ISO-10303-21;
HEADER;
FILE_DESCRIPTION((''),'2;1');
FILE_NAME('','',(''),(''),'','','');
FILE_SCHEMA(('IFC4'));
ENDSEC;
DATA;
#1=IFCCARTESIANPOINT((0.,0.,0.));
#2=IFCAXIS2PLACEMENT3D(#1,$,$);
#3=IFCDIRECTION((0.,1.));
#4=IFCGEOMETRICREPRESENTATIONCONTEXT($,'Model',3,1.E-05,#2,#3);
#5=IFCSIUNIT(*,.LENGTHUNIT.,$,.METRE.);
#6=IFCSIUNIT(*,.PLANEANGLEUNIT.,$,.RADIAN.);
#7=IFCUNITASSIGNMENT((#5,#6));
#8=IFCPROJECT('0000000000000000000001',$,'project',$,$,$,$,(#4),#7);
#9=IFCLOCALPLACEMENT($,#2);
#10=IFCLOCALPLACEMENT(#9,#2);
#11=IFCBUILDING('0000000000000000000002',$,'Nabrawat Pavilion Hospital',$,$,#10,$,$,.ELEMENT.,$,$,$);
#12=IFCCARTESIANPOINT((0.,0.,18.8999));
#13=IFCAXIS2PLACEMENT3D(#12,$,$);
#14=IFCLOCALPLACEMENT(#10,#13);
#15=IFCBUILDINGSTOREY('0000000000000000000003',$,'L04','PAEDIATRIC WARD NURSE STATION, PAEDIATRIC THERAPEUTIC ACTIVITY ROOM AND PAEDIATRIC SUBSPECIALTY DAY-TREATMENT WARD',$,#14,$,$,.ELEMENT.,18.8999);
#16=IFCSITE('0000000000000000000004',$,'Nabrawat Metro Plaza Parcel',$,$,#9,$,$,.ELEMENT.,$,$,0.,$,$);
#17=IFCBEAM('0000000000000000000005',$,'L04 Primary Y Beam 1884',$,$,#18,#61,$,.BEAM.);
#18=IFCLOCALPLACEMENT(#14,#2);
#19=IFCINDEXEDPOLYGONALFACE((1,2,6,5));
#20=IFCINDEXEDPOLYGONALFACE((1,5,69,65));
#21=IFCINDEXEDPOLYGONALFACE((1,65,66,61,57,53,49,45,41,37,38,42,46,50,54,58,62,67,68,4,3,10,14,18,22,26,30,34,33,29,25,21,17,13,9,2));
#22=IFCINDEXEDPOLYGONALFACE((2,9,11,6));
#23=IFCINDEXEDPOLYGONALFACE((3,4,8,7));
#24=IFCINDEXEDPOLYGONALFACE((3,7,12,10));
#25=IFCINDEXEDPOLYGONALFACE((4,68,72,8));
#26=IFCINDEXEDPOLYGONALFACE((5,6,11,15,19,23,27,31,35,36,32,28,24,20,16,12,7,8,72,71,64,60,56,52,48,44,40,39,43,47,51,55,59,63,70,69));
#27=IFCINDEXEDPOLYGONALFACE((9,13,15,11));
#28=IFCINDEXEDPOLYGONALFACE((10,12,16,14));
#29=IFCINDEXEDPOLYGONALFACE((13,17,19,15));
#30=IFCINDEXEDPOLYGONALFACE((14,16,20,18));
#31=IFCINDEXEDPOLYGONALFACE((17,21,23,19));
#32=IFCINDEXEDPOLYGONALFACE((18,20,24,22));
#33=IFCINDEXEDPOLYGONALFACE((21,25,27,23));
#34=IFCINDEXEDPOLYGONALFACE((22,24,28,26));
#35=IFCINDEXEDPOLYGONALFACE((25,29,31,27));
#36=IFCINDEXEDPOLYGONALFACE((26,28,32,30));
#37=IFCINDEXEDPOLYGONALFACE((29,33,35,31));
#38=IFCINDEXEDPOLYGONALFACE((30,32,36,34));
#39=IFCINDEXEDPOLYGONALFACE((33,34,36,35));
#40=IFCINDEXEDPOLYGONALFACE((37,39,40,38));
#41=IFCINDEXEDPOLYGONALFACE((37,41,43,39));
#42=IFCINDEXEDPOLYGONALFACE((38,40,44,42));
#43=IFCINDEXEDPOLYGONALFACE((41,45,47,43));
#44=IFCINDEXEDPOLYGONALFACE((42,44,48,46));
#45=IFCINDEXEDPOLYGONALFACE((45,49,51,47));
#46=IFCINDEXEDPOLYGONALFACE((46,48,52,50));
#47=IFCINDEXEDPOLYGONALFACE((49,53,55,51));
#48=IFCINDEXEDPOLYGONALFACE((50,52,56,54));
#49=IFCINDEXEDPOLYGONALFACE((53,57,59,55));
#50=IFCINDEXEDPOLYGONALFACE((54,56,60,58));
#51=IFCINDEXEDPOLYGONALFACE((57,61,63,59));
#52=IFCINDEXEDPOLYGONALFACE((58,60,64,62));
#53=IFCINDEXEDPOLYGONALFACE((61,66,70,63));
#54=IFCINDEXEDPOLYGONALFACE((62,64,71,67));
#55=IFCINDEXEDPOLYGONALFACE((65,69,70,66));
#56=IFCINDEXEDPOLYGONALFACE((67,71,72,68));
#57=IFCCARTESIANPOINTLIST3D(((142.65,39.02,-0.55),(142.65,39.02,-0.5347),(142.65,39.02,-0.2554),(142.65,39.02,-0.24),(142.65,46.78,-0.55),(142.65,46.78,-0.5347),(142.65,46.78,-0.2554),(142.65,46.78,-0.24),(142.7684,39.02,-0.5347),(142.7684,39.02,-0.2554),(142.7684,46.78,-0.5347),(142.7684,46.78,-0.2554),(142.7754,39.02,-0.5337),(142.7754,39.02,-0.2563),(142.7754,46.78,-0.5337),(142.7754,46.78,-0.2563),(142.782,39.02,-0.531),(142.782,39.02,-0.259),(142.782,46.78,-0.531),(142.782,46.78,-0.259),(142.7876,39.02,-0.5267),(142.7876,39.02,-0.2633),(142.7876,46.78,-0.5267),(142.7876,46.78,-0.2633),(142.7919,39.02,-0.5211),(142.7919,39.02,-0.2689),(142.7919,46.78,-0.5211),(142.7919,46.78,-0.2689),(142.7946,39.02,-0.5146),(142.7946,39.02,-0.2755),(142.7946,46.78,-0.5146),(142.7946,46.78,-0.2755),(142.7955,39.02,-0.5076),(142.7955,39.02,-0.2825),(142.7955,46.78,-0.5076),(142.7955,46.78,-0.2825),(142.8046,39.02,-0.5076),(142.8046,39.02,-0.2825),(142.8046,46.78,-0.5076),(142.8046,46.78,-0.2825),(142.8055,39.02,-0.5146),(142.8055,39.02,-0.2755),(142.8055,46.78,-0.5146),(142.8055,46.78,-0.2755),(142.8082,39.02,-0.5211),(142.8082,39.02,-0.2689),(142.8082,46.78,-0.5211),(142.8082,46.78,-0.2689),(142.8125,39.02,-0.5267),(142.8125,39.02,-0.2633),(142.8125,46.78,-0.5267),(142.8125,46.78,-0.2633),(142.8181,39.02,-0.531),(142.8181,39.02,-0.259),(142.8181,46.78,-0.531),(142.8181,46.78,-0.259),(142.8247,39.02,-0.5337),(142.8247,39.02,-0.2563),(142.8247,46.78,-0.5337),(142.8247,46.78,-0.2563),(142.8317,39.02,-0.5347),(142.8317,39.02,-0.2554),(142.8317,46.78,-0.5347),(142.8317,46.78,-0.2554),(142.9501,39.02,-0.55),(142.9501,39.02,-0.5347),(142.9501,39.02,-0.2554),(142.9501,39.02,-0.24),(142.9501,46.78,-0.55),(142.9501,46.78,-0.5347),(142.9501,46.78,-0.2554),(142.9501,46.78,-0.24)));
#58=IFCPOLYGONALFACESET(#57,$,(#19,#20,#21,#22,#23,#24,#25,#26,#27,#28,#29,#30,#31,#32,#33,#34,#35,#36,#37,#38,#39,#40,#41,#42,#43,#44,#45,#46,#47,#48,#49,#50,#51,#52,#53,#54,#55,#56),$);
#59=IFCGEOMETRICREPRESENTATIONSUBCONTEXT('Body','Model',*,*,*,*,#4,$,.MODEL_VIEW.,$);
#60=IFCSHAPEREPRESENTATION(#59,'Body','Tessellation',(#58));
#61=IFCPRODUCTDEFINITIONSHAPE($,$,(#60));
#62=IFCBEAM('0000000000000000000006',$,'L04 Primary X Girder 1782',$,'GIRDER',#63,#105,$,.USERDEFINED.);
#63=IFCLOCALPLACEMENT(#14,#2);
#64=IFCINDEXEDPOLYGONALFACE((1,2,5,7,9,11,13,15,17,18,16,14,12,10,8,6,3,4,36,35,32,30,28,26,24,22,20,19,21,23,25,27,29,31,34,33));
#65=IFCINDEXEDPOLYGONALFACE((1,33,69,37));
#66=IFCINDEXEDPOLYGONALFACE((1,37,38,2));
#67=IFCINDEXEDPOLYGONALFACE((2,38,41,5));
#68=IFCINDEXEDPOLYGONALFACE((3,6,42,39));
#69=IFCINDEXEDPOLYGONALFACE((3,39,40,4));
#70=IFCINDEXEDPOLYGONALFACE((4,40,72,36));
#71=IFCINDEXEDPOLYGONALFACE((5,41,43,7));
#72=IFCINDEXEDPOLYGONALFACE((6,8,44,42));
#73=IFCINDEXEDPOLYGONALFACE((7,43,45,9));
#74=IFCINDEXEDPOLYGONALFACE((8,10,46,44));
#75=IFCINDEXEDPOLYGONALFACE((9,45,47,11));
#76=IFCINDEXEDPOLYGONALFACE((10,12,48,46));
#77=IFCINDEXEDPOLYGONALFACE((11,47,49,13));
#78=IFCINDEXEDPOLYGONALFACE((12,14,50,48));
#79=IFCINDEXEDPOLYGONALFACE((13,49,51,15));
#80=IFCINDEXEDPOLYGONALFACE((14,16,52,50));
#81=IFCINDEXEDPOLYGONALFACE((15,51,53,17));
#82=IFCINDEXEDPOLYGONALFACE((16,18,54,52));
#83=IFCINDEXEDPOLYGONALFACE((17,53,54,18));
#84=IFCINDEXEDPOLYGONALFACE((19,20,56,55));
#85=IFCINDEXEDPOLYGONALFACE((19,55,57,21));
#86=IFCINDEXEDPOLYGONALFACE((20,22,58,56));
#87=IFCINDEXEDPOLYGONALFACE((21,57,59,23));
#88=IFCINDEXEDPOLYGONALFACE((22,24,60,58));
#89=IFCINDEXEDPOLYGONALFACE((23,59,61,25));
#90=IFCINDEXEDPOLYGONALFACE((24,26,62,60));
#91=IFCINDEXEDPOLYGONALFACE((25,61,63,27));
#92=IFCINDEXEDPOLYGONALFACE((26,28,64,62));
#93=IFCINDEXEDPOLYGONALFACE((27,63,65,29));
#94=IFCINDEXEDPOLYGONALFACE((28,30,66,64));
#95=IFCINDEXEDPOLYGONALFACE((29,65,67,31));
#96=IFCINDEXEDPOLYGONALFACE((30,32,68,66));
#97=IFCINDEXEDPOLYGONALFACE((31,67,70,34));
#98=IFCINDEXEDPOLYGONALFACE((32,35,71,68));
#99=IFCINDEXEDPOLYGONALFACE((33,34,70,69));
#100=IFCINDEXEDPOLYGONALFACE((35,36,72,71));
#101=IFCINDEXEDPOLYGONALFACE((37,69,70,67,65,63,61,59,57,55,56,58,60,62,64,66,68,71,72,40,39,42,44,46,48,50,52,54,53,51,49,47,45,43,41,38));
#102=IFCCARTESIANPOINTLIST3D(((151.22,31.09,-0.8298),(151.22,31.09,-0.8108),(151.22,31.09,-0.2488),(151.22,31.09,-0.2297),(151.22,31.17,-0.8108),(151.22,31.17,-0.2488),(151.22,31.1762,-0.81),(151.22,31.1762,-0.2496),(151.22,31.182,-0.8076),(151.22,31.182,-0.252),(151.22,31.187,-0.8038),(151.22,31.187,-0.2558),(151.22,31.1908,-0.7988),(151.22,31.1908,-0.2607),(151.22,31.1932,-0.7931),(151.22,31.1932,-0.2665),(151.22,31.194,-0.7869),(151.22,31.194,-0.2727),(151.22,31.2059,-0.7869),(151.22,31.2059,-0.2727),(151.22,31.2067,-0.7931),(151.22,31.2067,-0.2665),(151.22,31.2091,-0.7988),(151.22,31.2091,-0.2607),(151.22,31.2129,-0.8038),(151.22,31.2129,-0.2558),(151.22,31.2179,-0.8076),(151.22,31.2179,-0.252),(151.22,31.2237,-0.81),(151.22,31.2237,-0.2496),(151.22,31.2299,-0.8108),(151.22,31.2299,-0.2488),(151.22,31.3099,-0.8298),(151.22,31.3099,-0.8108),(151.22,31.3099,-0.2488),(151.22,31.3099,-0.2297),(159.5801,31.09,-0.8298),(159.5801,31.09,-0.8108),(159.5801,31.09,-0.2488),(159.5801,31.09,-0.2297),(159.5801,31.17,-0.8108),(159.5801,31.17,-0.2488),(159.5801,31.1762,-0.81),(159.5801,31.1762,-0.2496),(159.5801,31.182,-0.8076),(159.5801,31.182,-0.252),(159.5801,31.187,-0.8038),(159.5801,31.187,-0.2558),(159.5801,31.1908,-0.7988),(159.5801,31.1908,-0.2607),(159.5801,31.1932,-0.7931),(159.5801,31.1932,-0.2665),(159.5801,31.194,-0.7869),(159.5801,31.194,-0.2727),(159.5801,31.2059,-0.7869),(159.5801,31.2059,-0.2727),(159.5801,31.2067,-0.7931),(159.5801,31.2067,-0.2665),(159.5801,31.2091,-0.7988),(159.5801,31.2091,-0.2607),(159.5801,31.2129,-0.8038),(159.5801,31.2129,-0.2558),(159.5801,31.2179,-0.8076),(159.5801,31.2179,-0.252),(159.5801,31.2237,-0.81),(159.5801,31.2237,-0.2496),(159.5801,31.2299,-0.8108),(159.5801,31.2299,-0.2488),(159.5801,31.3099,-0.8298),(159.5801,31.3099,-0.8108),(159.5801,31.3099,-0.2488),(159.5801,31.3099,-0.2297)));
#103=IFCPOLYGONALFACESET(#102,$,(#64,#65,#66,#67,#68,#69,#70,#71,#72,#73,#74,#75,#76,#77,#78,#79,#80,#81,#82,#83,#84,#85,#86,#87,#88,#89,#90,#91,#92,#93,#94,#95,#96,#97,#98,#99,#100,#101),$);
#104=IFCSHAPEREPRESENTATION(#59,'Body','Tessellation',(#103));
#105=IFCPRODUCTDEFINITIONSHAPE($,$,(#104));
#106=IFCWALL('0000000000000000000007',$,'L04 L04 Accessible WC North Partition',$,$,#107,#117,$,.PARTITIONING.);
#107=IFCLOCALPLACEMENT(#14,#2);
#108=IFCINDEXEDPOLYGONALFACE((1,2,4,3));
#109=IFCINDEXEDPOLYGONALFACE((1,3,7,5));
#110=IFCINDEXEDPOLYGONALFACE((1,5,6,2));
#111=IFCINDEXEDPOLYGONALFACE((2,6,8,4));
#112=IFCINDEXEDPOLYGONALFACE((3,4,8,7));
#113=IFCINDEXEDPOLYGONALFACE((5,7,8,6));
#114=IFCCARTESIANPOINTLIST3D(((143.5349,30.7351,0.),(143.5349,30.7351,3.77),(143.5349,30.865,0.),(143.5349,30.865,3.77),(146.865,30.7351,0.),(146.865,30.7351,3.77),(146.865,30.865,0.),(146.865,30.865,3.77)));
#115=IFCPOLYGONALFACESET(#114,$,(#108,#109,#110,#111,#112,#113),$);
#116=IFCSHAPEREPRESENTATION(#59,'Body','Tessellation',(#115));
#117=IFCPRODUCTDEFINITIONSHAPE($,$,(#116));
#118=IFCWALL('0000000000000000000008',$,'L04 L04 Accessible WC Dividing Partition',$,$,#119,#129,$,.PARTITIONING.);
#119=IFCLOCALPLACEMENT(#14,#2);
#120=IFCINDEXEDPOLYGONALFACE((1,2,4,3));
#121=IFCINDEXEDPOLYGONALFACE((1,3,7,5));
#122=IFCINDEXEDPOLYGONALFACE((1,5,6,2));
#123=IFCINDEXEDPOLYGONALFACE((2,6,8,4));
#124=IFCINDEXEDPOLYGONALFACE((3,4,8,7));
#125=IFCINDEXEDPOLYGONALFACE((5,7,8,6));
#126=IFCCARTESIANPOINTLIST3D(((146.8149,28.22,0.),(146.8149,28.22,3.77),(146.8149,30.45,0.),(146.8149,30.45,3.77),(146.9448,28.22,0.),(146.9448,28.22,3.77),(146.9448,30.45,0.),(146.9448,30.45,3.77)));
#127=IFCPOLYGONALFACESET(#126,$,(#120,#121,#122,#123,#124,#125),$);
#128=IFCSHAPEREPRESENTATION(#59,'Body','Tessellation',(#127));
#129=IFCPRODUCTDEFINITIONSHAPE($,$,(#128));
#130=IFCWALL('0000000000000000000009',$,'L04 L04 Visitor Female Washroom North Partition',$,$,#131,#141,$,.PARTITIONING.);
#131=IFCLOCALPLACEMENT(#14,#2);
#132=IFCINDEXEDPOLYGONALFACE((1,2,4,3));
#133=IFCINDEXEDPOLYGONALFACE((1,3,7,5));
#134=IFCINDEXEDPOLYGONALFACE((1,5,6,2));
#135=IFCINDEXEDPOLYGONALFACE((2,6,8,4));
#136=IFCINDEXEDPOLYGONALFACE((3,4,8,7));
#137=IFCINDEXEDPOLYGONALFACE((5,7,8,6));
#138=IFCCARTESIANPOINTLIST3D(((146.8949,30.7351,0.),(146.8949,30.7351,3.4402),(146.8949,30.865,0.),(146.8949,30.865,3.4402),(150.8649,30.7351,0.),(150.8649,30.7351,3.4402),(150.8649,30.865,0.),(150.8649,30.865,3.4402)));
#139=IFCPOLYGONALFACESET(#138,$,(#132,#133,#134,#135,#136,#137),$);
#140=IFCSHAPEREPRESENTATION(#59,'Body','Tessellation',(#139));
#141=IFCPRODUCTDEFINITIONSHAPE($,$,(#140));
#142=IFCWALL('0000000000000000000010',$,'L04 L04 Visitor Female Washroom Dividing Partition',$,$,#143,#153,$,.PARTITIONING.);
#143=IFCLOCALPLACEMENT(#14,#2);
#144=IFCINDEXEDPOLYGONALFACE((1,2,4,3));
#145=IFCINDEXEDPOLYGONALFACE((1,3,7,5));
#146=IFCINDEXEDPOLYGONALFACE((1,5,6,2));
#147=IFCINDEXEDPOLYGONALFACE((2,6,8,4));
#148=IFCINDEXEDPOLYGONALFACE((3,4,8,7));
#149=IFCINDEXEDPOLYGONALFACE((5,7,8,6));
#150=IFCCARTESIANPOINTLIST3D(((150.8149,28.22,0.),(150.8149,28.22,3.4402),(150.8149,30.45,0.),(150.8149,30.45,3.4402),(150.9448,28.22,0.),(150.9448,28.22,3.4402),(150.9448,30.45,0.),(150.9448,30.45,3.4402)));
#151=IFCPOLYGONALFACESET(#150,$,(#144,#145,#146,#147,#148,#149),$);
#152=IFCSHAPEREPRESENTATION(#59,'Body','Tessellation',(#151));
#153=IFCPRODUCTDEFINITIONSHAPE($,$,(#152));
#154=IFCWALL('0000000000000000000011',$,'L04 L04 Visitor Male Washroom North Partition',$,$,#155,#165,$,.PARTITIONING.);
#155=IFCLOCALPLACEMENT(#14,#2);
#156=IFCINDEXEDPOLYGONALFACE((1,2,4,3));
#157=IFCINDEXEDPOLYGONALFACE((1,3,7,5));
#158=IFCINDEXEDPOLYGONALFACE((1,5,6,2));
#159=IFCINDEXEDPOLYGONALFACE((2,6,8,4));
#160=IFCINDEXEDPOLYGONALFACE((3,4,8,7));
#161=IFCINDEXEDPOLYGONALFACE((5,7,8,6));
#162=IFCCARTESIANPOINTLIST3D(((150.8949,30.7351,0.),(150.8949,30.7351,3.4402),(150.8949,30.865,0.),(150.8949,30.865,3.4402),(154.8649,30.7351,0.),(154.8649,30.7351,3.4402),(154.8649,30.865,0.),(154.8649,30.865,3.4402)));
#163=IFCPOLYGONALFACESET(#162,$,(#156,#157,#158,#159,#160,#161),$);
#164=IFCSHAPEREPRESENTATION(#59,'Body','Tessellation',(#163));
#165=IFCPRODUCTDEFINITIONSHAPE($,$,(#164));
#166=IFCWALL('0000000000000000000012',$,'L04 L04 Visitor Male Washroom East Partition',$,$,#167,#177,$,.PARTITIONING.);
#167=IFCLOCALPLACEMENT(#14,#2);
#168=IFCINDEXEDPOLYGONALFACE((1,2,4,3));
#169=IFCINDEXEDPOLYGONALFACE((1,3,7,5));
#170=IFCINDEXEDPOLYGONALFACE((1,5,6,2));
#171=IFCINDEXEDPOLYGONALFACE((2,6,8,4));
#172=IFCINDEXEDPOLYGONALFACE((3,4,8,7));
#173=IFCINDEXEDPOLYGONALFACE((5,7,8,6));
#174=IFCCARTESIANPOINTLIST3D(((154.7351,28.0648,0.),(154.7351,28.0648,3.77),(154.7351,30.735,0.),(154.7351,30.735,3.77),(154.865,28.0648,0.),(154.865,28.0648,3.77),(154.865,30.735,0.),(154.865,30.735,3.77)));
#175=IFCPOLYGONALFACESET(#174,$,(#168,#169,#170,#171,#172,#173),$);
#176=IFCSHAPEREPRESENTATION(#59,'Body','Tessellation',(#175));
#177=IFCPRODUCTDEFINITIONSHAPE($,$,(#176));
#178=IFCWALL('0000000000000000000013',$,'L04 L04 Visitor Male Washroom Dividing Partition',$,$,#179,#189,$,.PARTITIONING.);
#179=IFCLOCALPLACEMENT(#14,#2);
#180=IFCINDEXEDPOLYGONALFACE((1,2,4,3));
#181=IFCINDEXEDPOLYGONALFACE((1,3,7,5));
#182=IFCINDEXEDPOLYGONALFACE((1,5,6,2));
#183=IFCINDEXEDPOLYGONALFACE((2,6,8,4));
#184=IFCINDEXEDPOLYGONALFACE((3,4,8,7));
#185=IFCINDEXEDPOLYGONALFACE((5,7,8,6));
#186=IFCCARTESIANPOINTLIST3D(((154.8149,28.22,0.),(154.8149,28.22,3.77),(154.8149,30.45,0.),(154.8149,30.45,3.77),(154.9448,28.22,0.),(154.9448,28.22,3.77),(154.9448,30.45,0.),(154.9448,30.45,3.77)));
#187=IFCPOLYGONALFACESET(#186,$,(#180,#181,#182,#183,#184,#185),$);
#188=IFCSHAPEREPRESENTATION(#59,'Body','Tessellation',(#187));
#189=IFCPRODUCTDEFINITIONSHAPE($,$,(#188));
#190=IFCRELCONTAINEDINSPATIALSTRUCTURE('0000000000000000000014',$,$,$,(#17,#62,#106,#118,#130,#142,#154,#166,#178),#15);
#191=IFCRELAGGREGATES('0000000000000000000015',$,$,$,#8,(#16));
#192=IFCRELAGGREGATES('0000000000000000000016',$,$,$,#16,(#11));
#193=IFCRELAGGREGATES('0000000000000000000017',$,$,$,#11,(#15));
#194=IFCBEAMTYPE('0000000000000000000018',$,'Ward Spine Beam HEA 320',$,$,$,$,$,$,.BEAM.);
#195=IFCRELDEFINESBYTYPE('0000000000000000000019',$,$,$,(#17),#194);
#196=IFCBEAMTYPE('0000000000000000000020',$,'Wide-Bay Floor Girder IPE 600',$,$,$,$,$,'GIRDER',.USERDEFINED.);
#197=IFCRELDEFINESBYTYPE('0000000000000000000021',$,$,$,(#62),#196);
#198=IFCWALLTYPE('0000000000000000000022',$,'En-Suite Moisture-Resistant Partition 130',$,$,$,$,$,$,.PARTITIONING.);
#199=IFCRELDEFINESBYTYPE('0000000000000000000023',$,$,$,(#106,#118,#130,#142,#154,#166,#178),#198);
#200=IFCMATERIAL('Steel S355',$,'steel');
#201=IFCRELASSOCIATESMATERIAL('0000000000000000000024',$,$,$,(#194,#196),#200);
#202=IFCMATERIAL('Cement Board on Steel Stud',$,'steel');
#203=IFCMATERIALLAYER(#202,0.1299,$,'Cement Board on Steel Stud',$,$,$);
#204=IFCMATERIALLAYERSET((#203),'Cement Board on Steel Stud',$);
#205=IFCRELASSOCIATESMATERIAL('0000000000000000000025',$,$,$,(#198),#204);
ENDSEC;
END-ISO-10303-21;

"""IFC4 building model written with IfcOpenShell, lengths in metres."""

from ifc_helpers import new_model, si_unit, direction, frame, frame_2d, origin, origin_2d, place, context, subcontext, project, spatial, rectangle, i_section, extrude, material, layer, layer_set, material_profile, profile_set, type_object, element, save


model = new_model("IFC4")

# Units and contexts
model_context = context("Model", 3, precision=1e-05, world=origin(), true_north=direction((0.0, 1.0)))
body_context = subcontext(model_context, "Body", "Model", "MODEL_VIEW")
ifc_project = project(units=[si_unit("LENGTHUNIT", "METRE"), si_unit("PLANEANGLEUNIT", "RADIAN")], contexts=[model_context])

# Site, building, storey
site_placement = place(None, origin())
site = spatial("IfcSite", under=ifc_project, at=site_placement, Name="Nabrawat Metro Plaza Parcel", CompositionType="ELEMENT", RefElevation=0.0)
building_placement = place(site_placement, origin())
building = spatial("IfcBuilding", under=site, at=building_placement, Name="Nabrawat Pavilion Hospital", CompositionType="ELEMENT")
storey_placement = place(building_placement, frame((0.0, 0.0, 18.8999)))
storey = spatial("IfcBuildingStorey", under=building, at=storey_placement, Name="L04", Description="PAEDIATRIC WARD NURSE STATION, PAEDIATRIC THERAPEUTIC ACTIVITY ROOM AND PAEDIATRIC SUBSPECIALTY DAY-TREATMENT WARD", CompositionType="ELEMENT", Elevation=18.8999)

# Shared definitions
ifc_material_1 = material(Name="Steel S355", Category="steel")

# Beams
ifc_material_profile_1 = material_profile(ifc_material_1, i_section(OverallWidth=0.3, OverallDepth=0.3101, WebThickness=0.009, FlangeThickness=0.0154, FilletRadius=0.0271, at=origin_2d()), Name="HEA 320")
ifc_profile_set_1 = profile_set([ifc_material_profile_1], Name="Steel S355")
beam_type_1 = type_object("IfcBeamType", Name="Ward Spine Beam HEA 320", PredefinedType="BEAM", material=ifc_profile_set_1)
beam_1_placement = place(storey_placement, frame((142.8, 39.02, -0.395), z_axis=(0.0, 1.0, 0.0), x_axis=(-1.0, 0.0, 0.0)))
element("IfcBeam", 1, at=beam_1_placement, inside=storey, type_object=beam_type_1, Name="L04 Primary Y Beam 1884", PredefinedType="BEAM", context=body_context, shape_type="SweptSolid", body=[
    extrude(i_section(OverallWidth=0.3, OverallDepth=0.3101, WebThickness=0.009, FlangeThickness=0.0154, FilletRadius=0.0271, at=origin_2d()), origin(), (0.0, 0.0, 1.0), 7.76),
])
ifc_material_profile_2 = material_profile(ifc_material_1, i_section(OverallWidth=0.22, OverallDepth=0.6001, WebThickness=0.012, FlangeThickness=0.019, FilletRadius=0.0239, at=origin_2d()), Name="IPE 600")
ifc_profile_set_2 = profile_set([ifc_material_profile_2], Name="Steel S355")
beam_type_2 = type_object("IfcBeamType", Name="Wide-Bay Floor Girder IPE 600", ElementType="GIRDER", PredefinedType="USERDEFINED", material=ifc_profile_set_2)
beam_2_placement = place(storey_placement, frame((151.22, 31.2, -0.5298), z_axis=(1.0, 0.0, 0.0), x_axis=(0.0, 1.0, 0.0)))
element("IfcBeam", 2, at=beam_2_placement, inside=storey, type_object=beam_type_2, Name="L04 Primary X Girder 1782", ObjectType="GIRDER", PredefinedType="USERDEFINED", context=body_context, shape_type="SweptSolid", body=[
    extrude(i_section(OverallWidth=0.22, OverallDepth=0.6001, WebThickness=0.012, FlangeThickness=0.019, FilletRadius=0.0239, at=origin_2d()), origin(), (0.0, 0.0, 1.0), 8.3601),
])

# Walls
ifc_material_2 = material(Name="Cement Board on Steel Stud", Category="steel")
ifc_layer_1 = layer(ifc_material_2, 0.1299, Name="Cement Board on Steel Stud")
ifc_layer_set_1 = layer_set([ifc_layer_1], Name="Cement Board on Steel Stud")
wall_type_1 = type_object("IfcWallType", Name="En-Suite Moisture-Resistant Partition 130", PredefinedType="PARTITIONING", material=ifc_layer_set_1)
wall_1_placement = place(storey_placement, frame((143.5349, 30.8, 0.0), z_axis=(0.0, 0.0, 1.0), x_axis=(1.0, 0.0, 0.0)))
element("IfcWall", 3, at=wall_1_placement, inside=storey, type_object=wall_type_1, Name="L04 L04 Accessible WC North Partition", PredefinedType="PARTITIONING", context=body_context, shape_type="SweptSolid", body=[
    extrude(rectangle(XDim=3.3301, YDim=0.1299, at=frame_2d((1.665, 0.0))), origin(), (0.0, 0.0, 1.0), 3.77),
])
wall_2_placement = place(storey_placement, frame((146.8799, 28.22, 0.0), z_axis=(0.0, 0.0, 1.0), x_axis=(0.0, 1.0, 0.0)))
element("IfcWall", 4, at=wall_2_placement, inside=storey, type_object=wall_type_1, Name="L04 L04 Accessible WC Dividing Partition", PredefinedType="PARTITIONING", context=body_context, shape_type="SweptSolid", body=[
    extrude(rectangle(XDim=2.23, YDim=0.1299, at=frame_2d((1.115, 0.0))), origin(), (0.0, 0.0, 1.0), 3.77),
])
wall_3_placement = place(storey_placement, frame((146.895, 30.8, 0.0), z_axis=(0.0, 0.0, 1.0), x_axis=(1.0, 0.0, 0.0)))
element("IfcWall", 5, at=wall_3_placement, inside=storey, type_object=wall_type_1, Name="L04 L04 Visitor Female Washroom North Partition", PredefinedType="PARTITIONING", context=body_context, shape_type="SweptSolid", body=[
    extrude(rectangle(XDim=3.97, YDim=0.1299, at=frame_2d((1.9849, 0.0))), origin(), (0.0, 0.0, 1.0), 3.4402),
])
wall_4_placement = place(storey_placement, frame((150.8799, 28.22, 0.0), z_axis=(0.0, 0.0, 1.0), x_axis=(0.0, 1.0, 0.0)))
element("IfcWall", 6, at=wall_4_placement, inside=storey, type_object=wall_type_1, Name="L04 L04 Visitor Female Washroom Dividing Partition", PredefinedType="PARTITIONING", context=body_context, shape_type="SweptSolid", body=[
    extrude(rectangle(XDim=2.23, YDim=0.1299, at=frame_2d((1.115, 0.0))), origin(), (0.0, 0.0, 1.0), 3.4402),
])
wall_5_placement = place(storey_placement, frame((150.895, 30.8, 0.0), z_axis=(0.0, 0.0, 1.0), x_axis=(1.0, 0.0, 0.0)))
element("IfcWall", 7, at=wall_5_placement, inside=storey, type_object=wall_type_1, Name="L04 L04 Visitor Male Washroom North Partition", PredefinedType="PARTITIONING", context=body_context, shape_type="SweptSolid", body=[
    extrude(rectangle(XDim=3.97, YDim=0.1299, at=frame_2d((1.9849, 0.0))), origin(), (0.0, 0.0, 1.0), 3.4402),
])
wall_6_placement = place(storey_placement, frame((154.8, 28.0649, 0.0), z_axis=(0.0, 0.0, 1.0), x_axis=(0.0, 1.0, 0.0)))
element("IfcWall", 8, at=wall_6_placement, inside=storey, type_object=wall_type_1, Name="L04 L04 Visitor Male Washroom East Partition", PredefinedType="PARTITIONING", context=body_context, shape_type="SweptSolid", body=[
    extrude(rectangle(XDim=2.6702, YDim=0.1299, at=frame_2d((1.335, 0.0))), origin(), (0.0, 0.0, 1.0), 3.77),
])
wall_7_placement = place(storey_placement, frame((154.8799, 28.22, 0.0), z_axis=(0.0, 0.0, 1.0), x_axis=(0.0, 1.0, 0.0)))
element("IfcWall", 9, at=wall_7_placement, inside=storey, type_object=wall_type_1, Name="L04 L04 Visitor Male Washroom Dividing Partition", PredefinedType="PARTITIONING", context=body_context, shape_type="SweptSolid", body=[
    extrude(rectangle(XDim=2.23, YDim=0.1299, at=frame_2d((1.115, 0.0))), origin(), (0.0, 0.0, 1.0), 3.77),
])

save(model, "model.ifc")
